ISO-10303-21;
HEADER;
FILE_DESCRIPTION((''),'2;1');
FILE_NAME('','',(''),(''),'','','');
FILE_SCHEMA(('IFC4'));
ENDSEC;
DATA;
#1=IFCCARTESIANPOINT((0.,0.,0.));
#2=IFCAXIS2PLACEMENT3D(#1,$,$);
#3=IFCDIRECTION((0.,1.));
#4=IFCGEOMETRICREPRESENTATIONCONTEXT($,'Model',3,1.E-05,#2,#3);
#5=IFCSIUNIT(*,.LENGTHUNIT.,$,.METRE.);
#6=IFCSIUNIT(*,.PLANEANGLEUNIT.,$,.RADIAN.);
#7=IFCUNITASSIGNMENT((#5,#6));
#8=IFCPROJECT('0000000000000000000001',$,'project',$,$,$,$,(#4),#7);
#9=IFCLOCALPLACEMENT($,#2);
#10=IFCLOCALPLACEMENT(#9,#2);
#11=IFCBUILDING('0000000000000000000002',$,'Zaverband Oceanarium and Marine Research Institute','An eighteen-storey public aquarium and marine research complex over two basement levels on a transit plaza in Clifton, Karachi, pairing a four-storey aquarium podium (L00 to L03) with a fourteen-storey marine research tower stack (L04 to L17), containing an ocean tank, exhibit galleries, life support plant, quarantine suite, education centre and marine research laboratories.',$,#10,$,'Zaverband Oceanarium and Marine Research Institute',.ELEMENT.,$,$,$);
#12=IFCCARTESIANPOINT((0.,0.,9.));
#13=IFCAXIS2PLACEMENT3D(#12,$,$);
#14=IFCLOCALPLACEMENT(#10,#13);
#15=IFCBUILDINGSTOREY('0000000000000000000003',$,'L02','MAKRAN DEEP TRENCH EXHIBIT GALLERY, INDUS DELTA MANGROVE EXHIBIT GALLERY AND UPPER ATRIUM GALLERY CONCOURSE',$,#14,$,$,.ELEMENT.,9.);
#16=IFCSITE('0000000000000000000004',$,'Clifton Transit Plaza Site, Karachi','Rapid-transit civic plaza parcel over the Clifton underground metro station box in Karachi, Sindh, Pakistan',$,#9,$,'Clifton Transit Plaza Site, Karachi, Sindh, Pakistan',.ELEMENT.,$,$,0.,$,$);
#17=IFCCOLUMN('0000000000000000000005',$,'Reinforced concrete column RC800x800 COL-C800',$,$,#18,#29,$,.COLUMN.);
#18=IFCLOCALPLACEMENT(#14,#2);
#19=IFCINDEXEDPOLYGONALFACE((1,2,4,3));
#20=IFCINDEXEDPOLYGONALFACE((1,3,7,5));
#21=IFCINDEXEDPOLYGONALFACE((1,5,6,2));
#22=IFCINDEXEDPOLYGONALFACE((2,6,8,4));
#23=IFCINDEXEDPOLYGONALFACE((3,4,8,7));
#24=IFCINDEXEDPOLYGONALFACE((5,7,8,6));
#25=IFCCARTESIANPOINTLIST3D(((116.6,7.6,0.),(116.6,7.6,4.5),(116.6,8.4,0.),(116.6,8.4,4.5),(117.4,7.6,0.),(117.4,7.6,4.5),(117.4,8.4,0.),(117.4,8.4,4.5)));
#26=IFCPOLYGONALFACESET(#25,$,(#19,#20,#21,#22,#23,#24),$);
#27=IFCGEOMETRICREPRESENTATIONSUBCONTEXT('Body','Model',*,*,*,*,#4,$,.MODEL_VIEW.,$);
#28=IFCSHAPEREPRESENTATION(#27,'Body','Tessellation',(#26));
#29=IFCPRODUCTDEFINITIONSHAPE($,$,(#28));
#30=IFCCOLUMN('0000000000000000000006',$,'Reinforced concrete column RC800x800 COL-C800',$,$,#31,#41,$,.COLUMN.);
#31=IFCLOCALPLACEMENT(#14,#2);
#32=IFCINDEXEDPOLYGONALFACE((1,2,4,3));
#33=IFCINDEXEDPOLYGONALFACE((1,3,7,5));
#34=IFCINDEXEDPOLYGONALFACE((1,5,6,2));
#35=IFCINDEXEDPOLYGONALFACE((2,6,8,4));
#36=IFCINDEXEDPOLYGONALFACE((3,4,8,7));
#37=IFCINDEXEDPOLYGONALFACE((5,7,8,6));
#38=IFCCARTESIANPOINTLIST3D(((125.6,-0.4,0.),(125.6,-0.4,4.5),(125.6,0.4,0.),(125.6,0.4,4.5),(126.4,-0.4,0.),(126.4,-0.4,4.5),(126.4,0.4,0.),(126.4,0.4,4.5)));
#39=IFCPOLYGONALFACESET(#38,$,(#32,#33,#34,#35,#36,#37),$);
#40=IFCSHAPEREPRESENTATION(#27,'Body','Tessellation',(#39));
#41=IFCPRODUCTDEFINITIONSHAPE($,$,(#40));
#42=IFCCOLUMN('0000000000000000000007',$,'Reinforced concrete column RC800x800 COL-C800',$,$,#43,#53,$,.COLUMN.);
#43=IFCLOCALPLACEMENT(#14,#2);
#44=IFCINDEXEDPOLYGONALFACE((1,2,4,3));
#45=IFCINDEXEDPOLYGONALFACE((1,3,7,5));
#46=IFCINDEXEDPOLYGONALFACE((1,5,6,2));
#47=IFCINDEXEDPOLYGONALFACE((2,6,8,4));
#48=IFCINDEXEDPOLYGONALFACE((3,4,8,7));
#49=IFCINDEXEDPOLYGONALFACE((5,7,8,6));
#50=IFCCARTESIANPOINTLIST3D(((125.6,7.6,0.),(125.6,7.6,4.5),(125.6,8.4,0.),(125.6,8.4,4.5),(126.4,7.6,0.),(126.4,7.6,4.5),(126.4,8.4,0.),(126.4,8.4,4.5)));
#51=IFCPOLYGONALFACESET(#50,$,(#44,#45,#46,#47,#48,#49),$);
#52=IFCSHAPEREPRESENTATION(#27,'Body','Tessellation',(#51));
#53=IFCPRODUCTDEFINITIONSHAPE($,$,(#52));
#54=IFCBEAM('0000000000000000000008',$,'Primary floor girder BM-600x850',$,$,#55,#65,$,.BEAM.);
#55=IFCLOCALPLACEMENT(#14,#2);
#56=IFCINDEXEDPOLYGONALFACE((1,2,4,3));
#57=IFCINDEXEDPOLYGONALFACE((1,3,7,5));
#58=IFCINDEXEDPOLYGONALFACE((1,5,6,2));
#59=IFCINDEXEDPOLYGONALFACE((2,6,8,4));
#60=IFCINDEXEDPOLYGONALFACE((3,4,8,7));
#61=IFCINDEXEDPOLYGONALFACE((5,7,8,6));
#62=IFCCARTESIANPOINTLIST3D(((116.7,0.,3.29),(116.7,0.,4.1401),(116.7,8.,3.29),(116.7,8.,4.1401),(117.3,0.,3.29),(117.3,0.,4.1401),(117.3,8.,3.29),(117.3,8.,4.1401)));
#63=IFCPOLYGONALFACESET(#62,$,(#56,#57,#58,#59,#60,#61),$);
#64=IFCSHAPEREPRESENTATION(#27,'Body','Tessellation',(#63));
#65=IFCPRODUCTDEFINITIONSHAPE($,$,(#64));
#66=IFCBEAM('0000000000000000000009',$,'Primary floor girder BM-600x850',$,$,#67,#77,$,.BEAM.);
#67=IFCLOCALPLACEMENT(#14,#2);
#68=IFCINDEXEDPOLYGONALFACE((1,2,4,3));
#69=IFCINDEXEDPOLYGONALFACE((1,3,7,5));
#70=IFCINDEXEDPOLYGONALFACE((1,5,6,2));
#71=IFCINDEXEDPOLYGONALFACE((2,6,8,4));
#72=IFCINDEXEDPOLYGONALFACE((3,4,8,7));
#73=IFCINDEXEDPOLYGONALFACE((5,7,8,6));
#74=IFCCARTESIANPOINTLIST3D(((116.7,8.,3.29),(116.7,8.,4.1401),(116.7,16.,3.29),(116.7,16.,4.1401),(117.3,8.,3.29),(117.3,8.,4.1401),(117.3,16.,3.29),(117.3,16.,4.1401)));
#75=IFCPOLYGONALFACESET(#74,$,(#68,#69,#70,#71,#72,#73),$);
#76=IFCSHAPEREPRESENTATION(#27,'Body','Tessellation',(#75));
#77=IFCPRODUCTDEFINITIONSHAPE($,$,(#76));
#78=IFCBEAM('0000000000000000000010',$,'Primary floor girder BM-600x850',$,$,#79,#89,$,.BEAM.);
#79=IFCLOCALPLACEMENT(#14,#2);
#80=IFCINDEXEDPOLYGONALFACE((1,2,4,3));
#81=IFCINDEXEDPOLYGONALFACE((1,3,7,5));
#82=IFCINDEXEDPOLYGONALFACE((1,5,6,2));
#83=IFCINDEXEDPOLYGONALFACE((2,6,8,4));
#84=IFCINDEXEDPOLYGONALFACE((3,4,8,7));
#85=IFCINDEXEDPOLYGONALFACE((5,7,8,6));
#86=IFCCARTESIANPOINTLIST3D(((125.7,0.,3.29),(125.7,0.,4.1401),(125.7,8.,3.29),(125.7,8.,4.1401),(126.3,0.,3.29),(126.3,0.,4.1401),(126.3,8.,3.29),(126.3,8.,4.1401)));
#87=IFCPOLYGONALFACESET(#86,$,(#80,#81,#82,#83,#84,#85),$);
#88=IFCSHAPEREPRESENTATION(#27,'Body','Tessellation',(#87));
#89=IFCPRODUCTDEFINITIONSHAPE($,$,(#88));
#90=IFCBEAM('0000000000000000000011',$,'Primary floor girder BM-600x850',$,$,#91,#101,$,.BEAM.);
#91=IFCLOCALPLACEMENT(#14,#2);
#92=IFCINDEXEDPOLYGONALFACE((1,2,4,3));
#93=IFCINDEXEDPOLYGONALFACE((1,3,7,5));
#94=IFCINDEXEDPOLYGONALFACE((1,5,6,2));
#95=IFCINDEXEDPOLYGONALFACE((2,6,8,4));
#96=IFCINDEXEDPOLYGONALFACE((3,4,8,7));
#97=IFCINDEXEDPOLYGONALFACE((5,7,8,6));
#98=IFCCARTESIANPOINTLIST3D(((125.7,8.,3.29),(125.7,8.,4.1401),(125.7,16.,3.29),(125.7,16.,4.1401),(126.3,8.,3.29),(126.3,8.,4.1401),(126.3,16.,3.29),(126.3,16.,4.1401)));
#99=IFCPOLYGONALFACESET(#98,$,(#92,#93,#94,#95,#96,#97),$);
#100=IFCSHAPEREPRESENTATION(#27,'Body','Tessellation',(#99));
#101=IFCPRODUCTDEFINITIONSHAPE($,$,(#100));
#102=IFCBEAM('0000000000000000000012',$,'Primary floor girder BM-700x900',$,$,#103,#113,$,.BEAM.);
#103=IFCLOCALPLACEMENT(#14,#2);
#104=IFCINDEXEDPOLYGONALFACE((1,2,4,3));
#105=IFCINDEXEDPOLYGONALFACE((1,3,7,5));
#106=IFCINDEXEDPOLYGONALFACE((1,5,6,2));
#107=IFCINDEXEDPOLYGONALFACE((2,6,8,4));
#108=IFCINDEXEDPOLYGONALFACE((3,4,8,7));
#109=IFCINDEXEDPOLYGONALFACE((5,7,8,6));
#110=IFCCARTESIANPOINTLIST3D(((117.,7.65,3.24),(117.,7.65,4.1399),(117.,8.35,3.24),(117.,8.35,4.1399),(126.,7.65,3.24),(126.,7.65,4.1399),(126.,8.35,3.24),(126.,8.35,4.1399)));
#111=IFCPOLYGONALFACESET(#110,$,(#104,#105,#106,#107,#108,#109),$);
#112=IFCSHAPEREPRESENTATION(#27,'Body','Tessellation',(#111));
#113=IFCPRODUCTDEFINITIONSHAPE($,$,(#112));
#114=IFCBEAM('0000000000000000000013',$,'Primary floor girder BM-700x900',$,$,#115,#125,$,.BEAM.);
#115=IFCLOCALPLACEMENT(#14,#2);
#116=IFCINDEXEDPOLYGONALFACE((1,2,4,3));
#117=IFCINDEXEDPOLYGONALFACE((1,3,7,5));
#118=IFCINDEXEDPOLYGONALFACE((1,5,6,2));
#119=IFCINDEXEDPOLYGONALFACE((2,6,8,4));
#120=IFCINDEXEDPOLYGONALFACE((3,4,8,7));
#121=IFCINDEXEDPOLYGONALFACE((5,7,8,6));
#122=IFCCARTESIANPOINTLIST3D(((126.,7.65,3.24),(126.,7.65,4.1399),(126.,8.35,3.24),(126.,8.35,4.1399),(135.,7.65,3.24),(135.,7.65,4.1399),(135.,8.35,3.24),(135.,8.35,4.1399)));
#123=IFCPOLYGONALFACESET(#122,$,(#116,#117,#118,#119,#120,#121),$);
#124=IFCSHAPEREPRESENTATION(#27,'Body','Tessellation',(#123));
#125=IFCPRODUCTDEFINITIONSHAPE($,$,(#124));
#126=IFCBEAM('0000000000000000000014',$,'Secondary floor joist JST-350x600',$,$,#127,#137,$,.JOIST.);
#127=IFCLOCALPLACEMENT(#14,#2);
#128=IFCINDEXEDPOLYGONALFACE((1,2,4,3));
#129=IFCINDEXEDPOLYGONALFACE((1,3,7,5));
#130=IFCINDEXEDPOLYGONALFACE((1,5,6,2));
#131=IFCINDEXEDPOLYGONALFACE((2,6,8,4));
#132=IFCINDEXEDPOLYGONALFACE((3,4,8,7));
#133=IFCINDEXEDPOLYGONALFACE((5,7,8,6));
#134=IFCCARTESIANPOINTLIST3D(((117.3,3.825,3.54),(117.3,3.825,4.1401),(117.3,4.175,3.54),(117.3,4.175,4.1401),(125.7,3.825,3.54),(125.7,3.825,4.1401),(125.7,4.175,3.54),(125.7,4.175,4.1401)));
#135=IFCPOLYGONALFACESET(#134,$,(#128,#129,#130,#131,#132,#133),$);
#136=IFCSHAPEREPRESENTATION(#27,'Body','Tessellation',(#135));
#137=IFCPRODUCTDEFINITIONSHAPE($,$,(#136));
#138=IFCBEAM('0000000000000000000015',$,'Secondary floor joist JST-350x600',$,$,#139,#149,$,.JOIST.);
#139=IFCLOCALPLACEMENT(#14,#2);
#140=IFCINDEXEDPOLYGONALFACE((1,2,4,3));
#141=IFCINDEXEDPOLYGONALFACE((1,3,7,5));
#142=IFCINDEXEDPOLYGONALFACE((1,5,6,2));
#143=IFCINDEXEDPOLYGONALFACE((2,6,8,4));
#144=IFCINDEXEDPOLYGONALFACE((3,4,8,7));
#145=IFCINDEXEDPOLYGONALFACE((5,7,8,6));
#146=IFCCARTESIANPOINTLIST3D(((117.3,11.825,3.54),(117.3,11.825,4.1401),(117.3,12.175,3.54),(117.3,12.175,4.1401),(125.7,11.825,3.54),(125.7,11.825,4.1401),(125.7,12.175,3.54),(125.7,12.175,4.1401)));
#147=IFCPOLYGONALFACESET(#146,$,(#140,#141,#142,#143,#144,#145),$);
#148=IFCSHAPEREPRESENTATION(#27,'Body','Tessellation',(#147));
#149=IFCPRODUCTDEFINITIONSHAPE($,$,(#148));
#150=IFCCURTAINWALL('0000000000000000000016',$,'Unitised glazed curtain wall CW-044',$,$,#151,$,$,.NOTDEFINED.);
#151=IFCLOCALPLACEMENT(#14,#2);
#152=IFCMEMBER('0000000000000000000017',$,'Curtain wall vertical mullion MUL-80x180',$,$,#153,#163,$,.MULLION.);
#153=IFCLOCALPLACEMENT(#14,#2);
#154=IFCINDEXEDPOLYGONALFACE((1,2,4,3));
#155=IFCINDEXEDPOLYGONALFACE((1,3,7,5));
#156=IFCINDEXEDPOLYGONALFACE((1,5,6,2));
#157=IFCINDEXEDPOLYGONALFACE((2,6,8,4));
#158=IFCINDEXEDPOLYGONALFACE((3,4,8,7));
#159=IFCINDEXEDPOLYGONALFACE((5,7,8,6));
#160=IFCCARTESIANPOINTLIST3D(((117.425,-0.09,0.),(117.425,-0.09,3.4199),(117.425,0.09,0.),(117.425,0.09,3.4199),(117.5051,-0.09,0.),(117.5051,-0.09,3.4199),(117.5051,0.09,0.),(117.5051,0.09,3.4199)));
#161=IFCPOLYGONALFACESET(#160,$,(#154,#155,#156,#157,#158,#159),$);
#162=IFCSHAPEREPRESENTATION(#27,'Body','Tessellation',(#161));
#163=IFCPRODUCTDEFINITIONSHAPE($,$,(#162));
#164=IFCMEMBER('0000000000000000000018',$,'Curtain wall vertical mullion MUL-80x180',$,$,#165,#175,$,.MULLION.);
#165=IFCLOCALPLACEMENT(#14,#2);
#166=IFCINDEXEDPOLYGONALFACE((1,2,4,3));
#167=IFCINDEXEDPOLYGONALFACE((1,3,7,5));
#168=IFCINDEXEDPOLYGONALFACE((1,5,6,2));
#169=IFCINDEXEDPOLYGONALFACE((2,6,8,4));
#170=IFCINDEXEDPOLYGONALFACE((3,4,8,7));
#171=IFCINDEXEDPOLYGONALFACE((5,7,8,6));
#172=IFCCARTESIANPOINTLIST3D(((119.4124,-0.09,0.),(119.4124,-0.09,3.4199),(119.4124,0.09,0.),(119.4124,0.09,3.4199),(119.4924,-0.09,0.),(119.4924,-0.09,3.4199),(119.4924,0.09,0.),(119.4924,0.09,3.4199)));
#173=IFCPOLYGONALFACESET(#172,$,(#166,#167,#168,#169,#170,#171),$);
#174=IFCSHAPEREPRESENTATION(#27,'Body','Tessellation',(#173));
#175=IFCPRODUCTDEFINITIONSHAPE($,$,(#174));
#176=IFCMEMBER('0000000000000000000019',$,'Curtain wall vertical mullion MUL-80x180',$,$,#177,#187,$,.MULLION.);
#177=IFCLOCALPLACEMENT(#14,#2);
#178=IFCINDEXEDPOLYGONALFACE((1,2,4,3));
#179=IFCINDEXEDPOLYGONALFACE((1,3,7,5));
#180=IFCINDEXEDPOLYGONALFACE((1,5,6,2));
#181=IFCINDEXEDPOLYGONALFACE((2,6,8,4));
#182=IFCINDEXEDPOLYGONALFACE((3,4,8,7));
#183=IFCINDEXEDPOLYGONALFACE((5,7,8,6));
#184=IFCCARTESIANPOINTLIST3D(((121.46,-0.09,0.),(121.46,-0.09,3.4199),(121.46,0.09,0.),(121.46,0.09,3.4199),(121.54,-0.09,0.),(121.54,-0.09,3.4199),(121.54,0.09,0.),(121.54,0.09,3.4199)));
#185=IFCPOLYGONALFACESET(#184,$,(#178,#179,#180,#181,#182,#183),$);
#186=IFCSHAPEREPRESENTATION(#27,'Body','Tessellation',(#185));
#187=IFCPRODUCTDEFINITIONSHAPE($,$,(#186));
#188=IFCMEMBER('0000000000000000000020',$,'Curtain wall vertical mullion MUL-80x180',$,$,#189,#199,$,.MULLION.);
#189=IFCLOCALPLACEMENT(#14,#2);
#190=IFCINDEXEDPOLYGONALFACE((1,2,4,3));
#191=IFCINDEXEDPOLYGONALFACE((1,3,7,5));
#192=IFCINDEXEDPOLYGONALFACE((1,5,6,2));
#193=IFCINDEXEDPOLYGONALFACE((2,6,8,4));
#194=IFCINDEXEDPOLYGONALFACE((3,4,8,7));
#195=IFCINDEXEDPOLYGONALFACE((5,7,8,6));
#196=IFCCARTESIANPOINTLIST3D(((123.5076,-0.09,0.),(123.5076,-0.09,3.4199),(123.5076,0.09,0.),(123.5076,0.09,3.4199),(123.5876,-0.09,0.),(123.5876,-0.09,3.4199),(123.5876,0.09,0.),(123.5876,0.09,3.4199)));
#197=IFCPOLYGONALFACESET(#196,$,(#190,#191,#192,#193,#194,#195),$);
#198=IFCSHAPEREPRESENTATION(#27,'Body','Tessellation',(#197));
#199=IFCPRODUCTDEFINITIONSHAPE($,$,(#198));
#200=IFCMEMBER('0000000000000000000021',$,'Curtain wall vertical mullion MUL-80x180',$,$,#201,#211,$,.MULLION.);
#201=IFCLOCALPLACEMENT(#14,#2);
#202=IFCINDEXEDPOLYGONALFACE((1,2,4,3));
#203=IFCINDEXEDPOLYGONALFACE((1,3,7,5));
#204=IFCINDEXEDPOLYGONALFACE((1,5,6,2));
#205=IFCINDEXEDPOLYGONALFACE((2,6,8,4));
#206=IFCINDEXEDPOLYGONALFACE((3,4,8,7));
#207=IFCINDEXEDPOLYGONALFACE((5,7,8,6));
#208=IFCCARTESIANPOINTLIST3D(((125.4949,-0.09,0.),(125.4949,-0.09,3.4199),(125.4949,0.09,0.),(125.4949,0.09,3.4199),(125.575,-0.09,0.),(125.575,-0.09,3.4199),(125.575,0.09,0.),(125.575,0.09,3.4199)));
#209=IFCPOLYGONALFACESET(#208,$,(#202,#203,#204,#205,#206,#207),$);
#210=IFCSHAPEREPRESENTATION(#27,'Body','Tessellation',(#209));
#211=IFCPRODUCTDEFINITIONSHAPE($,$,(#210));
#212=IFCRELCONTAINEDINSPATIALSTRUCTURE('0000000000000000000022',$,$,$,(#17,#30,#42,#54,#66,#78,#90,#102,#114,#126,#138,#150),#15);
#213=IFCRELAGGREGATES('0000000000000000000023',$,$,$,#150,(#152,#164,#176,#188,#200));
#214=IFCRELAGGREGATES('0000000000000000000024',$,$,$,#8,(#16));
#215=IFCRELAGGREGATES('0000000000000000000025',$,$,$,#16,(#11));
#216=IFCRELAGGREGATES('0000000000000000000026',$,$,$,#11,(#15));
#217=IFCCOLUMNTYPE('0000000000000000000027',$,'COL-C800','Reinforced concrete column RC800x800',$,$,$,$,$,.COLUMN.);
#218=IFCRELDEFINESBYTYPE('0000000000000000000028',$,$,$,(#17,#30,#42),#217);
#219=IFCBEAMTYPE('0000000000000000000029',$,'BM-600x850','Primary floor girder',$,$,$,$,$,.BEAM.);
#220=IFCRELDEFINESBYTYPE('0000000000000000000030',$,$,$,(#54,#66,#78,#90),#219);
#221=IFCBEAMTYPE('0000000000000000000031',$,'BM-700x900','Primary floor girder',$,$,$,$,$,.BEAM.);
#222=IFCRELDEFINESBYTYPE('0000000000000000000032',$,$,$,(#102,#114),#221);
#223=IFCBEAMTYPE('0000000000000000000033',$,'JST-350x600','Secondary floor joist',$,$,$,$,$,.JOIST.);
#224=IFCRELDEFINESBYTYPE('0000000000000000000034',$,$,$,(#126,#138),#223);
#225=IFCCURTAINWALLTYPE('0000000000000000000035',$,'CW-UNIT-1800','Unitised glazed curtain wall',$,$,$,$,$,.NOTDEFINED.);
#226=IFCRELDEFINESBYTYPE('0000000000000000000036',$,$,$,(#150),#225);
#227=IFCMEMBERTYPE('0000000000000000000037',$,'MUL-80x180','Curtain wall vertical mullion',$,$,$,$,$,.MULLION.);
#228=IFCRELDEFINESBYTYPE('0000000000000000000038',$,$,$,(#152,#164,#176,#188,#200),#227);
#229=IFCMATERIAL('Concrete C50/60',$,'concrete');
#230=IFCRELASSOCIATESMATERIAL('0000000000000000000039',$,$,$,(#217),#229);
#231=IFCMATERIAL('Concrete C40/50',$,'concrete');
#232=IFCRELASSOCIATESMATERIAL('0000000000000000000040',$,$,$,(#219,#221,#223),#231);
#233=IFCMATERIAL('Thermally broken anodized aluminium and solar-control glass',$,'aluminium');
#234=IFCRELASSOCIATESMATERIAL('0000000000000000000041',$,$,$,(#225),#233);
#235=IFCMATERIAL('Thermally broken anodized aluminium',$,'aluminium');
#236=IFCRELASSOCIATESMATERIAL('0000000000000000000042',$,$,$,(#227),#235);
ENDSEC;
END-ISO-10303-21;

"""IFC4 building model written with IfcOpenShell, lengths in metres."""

from ifc_helpers import new_model, si_unit, direction, frame, origin, origin_2d, place, context, subcontext, project, spatial, rectangle, extrude, material, material_profile, profile_set, type_object, element, aggregate, save


model = new_model("IFC4")

# Units and contexts
model_context = context("Model", 3, precision=1e-05, world=origin(), true_north=direction((0.0, 1.0)))
body_context = subcontext(model_context, "Body", "Model", "MODEL_VIEW")
ifc_project = project(units=[si_unit("LENGTHUNIT", "METRE"), si_unit("PLANEANGLEUNIT", "RADIAN")], contexts=[model_context])

# Site, building, storey
site_placement = place(None, origin())
site = spatial("IfcSite", under=ifc_project, at=site_placement, Name="Clifton Transit Plaza Site, Karachi", Description="Rapid-transit civic plaza parcel over the Clifton underground metro station box in Karachi, Sindh, Pakistan", LongName="Clifton Transit Plaza Site, Karachi, Sindh, Pakistan", CompositionType="ELEMENT", RefElevation=0.0)
building_placement = place(site_placement, origin())
building = spatial("IfcBuilding", under=site, at=building_placement, Name="Zaverband Oceanarium and Marine Research Institute", Description="An eighteen-storey public aquarium and marine research complex over two basement levels on a transit plaza in Clifton, Karachi, pairing a four-storey aquarium podium (L00 to L03) with a fourteen-storey marine research tower stack (L04 to L17), containing an ocean tank, exhibit galleries, life support plant, quarantine suite, education centre and marine research laboratories.", LongName="Zaverband Oceanarium and Marine Research Institute", CompositionType="ELEMENT")
storey_placement = place(building_placement, frame((0.0, 0.0, 9.0)))
storey = spatial("IfcBuildingStorey", under=building, at=storey_placement, Name="L02", Description="MAKRAN DEEP TRENCH EXHIBIT GALLERY, INDUS DELTA MANGROVE EXHIBIT GALLERY AND UPPER ATRIUM GALLERY CONCOURSE", CompositionType="ELEMENT", Elevation=9.0)

# Columns
ifc_material_1 = material(Name="Concrete C50/60", Category="concrete")
ifc_material_profile_1 = material_profile(ifc_material_1, rectangle(XDim=0.8, YDim=0.8, at=origin_2d()), Name="RC800x800")
ifc_profile_set_1 = profile_set([ifc_material_profile_1], Name="Concrete C50/60")
column_type = type_object("IfcColumnType", Name="COL-C800", Description="Reinforced concrete column RC800x800", PredefinedType="COLUMN", material=ifc_profile_set_1)
for number, where, z_axis, x_axis, name in (
    (1, (117.0, 8.0, 0.0), (0.0, 0.0, 1.0), (1.0, 0.0, 0.0), "Reinforced concrete column RC800x800 COL-C800"),
    (2, (126.0, 0.0, 0.0), (0.0, 0.0, 1.0), (1.0, 0.0, 0.0), "Reinforced concrete column RC800x800 COL-C800"),
    (3, (126.0, 8.0, 0.0), (0.0, 0.0, 1.0), (1.0, 0.0, 0.0), "Reinforced concrete column RC800x800 COL-C800"),
):
    element("IfcColumn", number, at=place(storey_placement, frame(where, z_axis=z_axis, x_axis=x_axis)), inside=storey, type_object=column_type, Name=name, PredefinedType="COLUMN", context=body_context, shape_type="SweptSolid", body=[
        extrude(rectangle(XDim=0.8, YDim=0.8, at=origin_2d()), origin(), (0.0, 0.0, 1.0), 4.5),
    ])

# Beams
ifc_material_2 = material(Name="Concrete C40/50", Category="concrete")
ifc_material_profile_2 = material_profile(ifc_material_2, rectangle(XDim=0.6001, YDim=0.8501, at=origin_2d()), Name="RC600x850")
ifc_profile_set_2 = profile_set([ifc_material_profile_2], Name="Concrete C40/50")
beam_type_1 = type_object("IfcBeamType", Name="BM-600x850", Description="Primary floor girder", PredefinedType="BEAM", material=ifc_profile_set_2)
for number, where, z_axis, x_axis, name in (
    (4, (117.0, 0.0, 3.7151), (0.0, 1.0, 0.0), (-1.0, 0.0, 0.0), "Primary floor girder BM-600x850"),
    (5, (117.0, 8.0, 3.7151), (0.0, 1.0, 0.0), (-1.0, 0.0, 0.0), "Primary floor girder BM-600x850"),
    (6, (126.0, 0.0, 3.7151), (0.0, 1.0, 0.0), (-1.0, 0.0, 0.0), "Primary floor girder BM-600x850"),
    (7, (126.0, 8.0, 3.7151), (0.0, 1.0, 0.0), (-1.0, 0.0, 0.0), "Primary floor girder BM-600x850"),
):
    element("IfcBeam", number, at=place(storey_placement, frame(where, z_axis=z_axis, x_axis=x_axis)), inside=storey, type_object=beam_type_1, Name=name, PredefinedType="BEAM", context=body_context, shape_type="SweptSolid", body=[
        extrude(rectangle(XDim=0.6001, YDim=0.8501, at=origin_2d()), origin(), (0.0, 0.0, 1.0), 8.0),
    ])
ifc_material_profile_3 = material_profile(ifc_material_2, rectangle(XDim=0.7, YDim=0.8999, at=origin_2d()), Name="RC700x900")
ifc_profile_set_3 = profile_set([ifc_material_profile_3], Name="Concrete C40/50")
beam_type_2 = type_object("IfcBeamType", Name="BM-700x900", Description="Primary floor girder", PredefinedType="BEAM", material=ifc_profile_set_3)
for number, where, z_axis, x_axis, name in (
    (8, (117.0, 8.0, 3.6899), (1.0, 0.0, 0.0), (0.0, 1.0, 0.0), "Primary floor girder BM-700x900"),
    (9, (126.0, 8.0, 3.6899), (1.0, 0.0, 0.0), (0.0, 1.0, 0.0), "Primary floor girder BM-700x900"),
):
    element("IfcBeam", number, at=place(storey_placement, frame(where, z_axis=z_axis, x_axis=x_axis)), inside=storey, type_object=beam_type_2, Name=name, PredefinedType="BEAM", context=body_context, shape_type="SweptSolid", body=[
        extrude(rectangle(XDim=0.7, YDim=0.8999, at=origin_2d()), origin(), (0.0, 0.0, 1.0), 9.0),
    ])
ifc_material_profile_4 = material_profile(ifc_material_2, rectangle(XDim=0.3501, YDim=0.6001, at=origin_2d()), Name="RC350x600")
ifc_profile_set_4 = profile_set([ifc_material_profile_4], Name="Concrete C40/50")
beam_type_3 = type_object("IfcBeamType", Name="JST-350x600", Description="Secondary floor joist", PredefinedType="JOIST", material=ifc_profile_set_4)
for number, where, z_axis, x_axis, name in (
    (10, (117.3, 4.0, 3.8401), (1.0, 0.0, 0.0), (0.0, 1.0, 0.0), "Secondary floor joist JST-350x600"),
    (11, (117.3, 12.0, 3.8401), (1.0, 0.0, 0.0), (0.0, 1.0, 0.0), "Secondary floor joist JST-350x600"),
):
    element("IfcBeam", number, at=place(storey_placement, frame(where, z_axis=z_axis, x_axis=x_axis)), inside=storey, type_object=beam_type_3, Name=name, PredefinedType="JOIST", context=body_context, shape_type="SweptSolid", body=[
        extrude(rectangle(XDim=0.3501, YDim=0.6001, at=origin_2d()), origin(), (0.0, 0.0, 1.0), 8.3999),
    ])

# Curtain wall, members
ifc_material_3 = material(Name="Thermally broken anodized aluminium and solar-control glass", Category="aluminium")
curtain_wall_type = type_object("IfcCurtainWallType", Name="CW-UNIT-1800", Description="Unitised glazed curtain wall", PredefinedType="NOTDEFINED", material=ifc_material_3)
curtain_wall_placement = place(storey_placement, origin())
curtain_wall = element("IfcCurtainWall", 12, at=curtain_wall_placement, inside=storey, type_object=curtain_wall_type, Name="Unitised glazed curtain wall CW-044", PredefinedType="NOTDEFINED")
ifc_material_4 = material(Name="Thermally broken anodized aluminium", Category="aluminium")
ifc_material_profile_5 = material_profile(ifc_material_4, rectangle(XDim=0.0801, YDim=0.1799, at=origin_2d()), Name="AL-MUL-80x180")
ifc_profile_set_5 = profile_set([ifc_material_profile_5], Name="Thermally broken anodized aluminium")
member_type_1 = type_object("IfcMemberType", Name="MUL-80x180", Description="Curtain wall vertical mullion", PredefinedType="MULLION", material=ifc_profile_set_5)
member_1_placement = place(storey_placement, frame((117.4651, 0.0, 0.0), z_axis=(0.0, 0.0, 1.0), x_axis=(1.0, 0.0, 0.0)))
member_1 = element("IfcMember", 13, at=member_1_placement, type_object=member_type_1, Name="Curtain wall vertical mullion MUL-80x180", PredefinedType="MULLION", context=body_context, shape_type="SweptSolid", body=[
    extrude(rectangle(XDim=0.0801, YDim=0.1799, at=origin_2d()), origin(), (0.0, 0.0, 1.0), 3.4199),
])
member_2_placement = place(storey_placement, frame((119.4524, 0.0, 0.0), z_axis=(0.0, 0.0, 1.0), x_axis=(1.0, 0.0, 0.0)))
member_2 = element("IfcMember", 14, at=member_2_placement, type_object=member_type_1, Name="Curtain wall vertical mullion MUL-80x180", PredefinedType="MULLION", context=body_context, shape_type="SweptSolid", body=[
    extrude(rectangle(XDim=0.0801, YDim=0.1799, at=origin_2d()), origin(), (0.0, 0.0, 1.0), 3.4199),
])
member_3_placement = place(storey_placement, frame((121.5, 0.0, 0.0), z_axis=(0.0, 0.0, 1.0), x_axis=(1.0, 0.0, 0.0)))
member_3 = element("IfcMember", 15, at=member_3_placement, type_object=member_type_1, Name="Curtain wall vertical mullion MUL-80x180", PredefinedType="MULLION", context=body_context, shape_type="SweptSolid", body=[
    extrude(rectangle(XDim=0.0801, YDim=0.1799, at=origin_2d()), origin(), (0.0, 0.0, 1.0), 3.4199),
])
member_4_placement = place(storey_placement, frame((123.5476, 0.0, 0.0), z_axis=(0.0, 0.0, 1.0), x_axis=(1.0, 0.0, 0.0)))
member_4 = element("IfcMember", 16, at=member_4_placement, type_object=member_type_1, Name="Curtain wall vertical mullion MUL-80x180", PredefinedType="MULLION", context=body_context, shape_type="SweptSolid", body=[
    extrude(rectangle(XDim=0.0801, YDim=0.1799, at=origin_2d()), origin(), (0.0, 0.0, 1.0), 3.4199),
])
member_5_placement = place(storey_placement, frame((125.5349, 0.0, 0.0), z_axis=(0.0, 0.0, 1.0), x_axis=(1.0, 0.0, 0.0)))
member_5 = element("IfcMember", 17, at=member_5_placement, type_object=member_type_1, Name="Curtain wall vertical mullion MUL-80x180", PredefinedType="MULLION", context=body_context, shape_type="SweptSolid", body=[
    extrude(rectangle(XDim=0.0801, YDim=0.1799, at=origin_2d()), origin(), (0.0, 0.0, 1.0), 3.4199),
])

aggregate(curtain_wall, [member_1, member_2, member_3, member_4, member_5])

save(model, "model.ifc")
